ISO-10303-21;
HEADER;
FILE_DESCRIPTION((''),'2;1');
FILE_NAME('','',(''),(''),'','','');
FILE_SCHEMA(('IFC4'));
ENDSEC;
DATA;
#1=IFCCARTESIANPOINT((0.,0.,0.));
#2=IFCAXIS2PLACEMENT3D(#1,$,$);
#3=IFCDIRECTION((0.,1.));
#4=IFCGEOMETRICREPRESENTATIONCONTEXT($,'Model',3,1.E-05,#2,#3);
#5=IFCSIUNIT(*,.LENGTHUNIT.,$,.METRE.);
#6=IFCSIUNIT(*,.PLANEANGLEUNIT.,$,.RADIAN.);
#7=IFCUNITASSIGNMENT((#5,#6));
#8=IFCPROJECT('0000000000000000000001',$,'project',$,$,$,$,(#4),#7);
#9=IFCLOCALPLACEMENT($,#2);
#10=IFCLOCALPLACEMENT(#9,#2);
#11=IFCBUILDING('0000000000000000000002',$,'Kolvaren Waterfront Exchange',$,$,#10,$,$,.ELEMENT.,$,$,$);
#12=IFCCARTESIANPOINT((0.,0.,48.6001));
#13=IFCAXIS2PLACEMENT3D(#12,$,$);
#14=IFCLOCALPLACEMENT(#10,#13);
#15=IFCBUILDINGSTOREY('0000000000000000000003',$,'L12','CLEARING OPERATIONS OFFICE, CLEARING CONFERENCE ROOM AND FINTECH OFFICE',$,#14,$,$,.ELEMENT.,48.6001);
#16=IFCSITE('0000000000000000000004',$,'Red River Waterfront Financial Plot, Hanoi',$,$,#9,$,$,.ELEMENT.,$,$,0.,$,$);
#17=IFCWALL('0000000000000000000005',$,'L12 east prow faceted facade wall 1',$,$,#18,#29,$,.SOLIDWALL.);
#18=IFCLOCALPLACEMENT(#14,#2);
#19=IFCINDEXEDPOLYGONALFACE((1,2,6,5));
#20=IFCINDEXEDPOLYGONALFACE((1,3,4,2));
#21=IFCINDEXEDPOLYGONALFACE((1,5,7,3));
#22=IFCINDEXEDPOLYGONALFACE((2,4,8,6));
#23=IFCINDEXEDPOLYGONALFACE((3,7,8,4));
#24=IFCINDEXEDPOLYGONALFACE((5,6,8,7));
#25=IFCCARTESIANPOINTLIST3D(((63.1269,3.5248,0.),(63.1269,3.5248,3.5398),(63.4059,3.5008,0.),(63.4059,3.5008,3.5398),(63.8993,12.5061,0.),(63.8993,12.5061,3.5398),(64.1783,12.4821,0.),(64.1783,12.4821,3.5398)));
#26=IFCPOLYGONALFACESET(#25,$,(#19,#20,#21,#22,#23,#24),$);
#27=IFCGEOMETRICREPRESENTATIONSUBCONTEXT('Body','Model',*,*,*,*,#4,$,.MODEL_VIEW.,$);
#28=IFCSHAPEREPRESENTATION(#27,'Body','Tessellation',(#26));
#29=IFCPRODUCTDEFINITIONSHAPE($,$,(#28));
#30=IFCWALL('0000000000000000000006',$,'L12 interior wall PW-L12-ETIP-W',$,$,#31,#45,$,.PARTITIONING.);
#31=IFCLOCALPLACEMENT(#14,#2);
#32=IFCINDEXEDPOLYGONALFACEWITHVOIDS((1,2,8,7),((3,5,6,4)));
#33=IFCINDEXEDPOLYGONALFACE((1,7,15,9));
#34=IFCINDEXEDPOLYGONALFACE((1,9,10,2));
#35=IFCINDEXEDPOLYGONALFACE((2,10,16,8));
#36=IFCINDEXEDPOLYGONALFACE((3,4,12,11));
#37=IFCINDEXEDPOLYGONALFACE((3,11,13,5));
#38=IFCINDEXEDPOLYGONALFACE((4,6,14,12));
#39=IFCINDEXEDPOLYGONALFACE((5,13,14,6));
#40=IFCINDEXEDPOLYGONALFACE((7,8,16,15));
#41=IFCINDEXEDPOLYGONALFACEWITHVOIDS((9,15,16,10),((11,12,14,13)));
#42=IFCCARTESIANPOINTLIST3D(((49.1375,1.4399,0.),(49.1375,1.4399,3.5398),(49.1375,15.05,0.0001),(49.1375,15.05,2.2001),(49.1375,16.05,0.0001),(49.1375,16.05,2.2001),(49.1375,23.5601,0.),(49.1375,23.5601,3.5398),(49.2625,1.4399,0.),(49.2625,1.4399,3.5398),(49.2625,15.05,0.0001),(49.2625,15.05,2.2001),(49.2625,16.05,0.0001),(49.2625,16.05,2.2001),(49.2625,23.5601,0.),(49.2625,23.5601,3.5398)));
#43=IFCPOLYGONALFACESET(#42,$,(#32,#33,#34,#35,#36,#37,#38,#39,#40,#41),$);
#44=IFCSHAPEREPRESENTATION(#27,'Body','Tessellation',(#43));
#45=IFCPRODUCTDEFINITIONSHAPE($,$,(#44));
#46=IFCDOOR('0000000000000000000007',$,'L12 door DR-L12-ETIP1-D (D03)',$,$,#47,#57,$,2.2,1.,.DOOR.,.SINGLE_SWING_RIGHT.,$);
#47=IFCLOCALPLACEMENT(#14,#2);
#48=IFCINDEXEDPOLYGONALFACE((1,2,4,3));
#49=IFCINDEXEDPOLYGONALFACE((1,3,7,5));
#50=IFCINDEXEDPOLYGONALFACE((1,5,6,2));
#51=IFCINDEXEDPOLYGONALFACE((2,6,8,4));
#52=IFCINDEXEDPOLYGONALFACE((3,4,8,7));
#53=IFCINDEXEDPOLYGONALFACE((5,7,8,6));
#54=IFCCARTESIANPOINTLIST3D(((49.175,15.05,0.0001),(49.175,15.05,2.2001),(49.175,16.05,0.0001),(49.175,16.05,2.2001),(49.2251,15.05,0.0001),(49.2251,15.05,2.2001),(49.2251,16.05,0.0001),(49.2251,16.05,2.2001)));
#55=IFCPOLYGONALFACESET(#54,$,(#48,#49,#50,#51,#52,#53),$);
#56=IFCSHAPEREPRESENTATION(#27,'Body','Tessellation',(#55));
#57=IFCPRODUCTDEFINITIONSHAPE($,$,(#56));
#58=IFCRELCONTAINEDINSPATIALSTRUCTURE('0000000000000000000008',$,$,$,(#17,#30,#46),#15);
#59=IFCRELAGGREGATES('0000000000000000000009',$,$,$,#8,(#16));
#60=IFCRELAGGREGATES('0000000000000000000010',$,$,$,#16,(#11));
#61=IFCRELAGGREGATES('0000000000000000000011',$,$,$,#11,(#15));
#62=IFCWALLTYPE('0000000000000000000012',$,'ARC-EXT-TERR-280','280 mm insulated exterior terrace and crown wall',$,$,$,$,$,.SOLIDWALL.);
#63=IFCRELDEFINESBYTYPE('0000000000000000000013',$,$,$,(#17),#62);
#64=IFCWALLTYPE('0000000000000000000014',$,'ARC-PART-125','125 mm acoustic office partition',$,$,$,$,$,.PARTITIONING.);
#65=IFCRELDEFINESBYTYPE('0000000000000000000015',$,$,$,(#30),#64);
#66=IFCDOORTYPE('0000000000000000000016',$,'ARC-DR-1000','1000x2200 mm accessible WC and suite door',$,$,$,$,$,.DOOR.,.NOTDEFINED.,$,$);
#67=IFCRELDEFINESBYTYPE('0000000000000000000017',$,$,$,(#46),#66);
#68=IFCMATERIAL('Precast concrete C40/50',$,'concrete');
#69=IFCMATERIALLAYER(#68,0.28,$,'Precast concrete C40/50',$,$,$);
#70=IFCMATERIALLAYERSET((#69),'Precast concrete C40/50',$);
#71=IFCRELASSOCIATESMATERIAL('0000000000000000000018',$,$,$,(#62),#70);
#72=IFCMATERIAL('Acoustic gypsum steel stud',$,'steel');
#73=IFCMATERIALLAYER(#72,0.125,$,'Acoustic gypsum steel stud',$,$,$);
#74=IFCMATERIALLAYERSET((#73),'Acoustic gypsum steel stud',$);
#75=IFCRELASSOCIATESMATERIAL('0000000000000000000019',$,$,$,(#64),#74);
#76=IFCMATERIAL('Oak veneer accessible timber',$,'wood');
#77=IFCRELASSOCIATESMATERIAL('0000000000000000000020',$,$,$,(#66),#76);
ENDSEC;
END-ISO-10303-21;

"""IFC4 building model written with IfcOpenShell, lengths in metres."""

from ifc_helpers import new_model, si_unit, direction, frame, frame_2d, origin, place, context, subcontext, project, spatial, rectangle, extrude, material, layer, layer_set, type_object, element, fill, save


model = new_model("IFC4")

# Units and contexts
model_context = context("Model", 3, precision=1e-05, world=origin(), true_north=direction((0.0, 1.0)))
body_context = subcontext(model_context, "Body", "Model", "MODEL_VIEW")
ifc_project = project(units=[si_unit("LENGTHUNIT", "METRE"), si_unit("PLANEANGLEUNIT", "RADIAN")], contexts=[model_context])

# Site, building, storey
site_placement = place(None, origin())
site = spatial("IfcSite", under=ifc_project, at=site_placement, Name="Red River Waterfront Financial Plot, Hanoi", CompositionType="ELEMENT", RefElevation=0.0)
building_placement = place(site_placement, origin())
building = spatial("IfcBuilding", under=site, at=building_placement, Name="Kolvaren Waterfront Exchange", CompositionType="ELEMENT")
storey_placement = place(building_placement, frame((0.0, 0.0, 48.6001)))
storey = spatial("IfcBuildingStorey", under=building, at=storey_placement, Name="L12", Description="CLEARING OPERATIONS OFFICE, CLEARING CONFERENCE ROOM AND FINTECH OFFICE", CompositionType="ELEMENT", Elevation=48.6001)

# Wall
ifc_material_1 = material(Name="Precast concrete C40/50", Category="concrete")
ifc_layer_1 = layer(ifc_material_1, 0.28, Name="Precast concrete C40/50")
ifc_layer_set_1 = layer_set([ifc_layer_1], Name="Precast concrete C40/50")
wall_type_1 = type_object("IfcWallType", Name="ARC-EXT-TERR-280", Description="280 mm insulated exterior terrace and crown wall", PredefinedType="SOLIDWALL", material=ifc_layer_set_1)
wall_1_placement = place(storey_placement, frame((63.2664, 3.5127, 0.0), z_axis=(0.0, 0.0, 1.0), x_axis=(0.085692, 0.996322, 0.0)))
element("IfcWall", 1, at=wall_1_placement, inside=storey, type_object=wall_type_1, Name="L12 east prow faceted facade wall 1", PredefinedType="SOLIDWALL", context=body_context, shape_type="SweptSolid", body=[
    extrude(rectangle(XDim=9.0144, YDim=0.28, at=frame_2d((4.5073, 0.0))), origin(), (0.0, 0.0, 1.0), 3.5398),
])

# Wall, opening, door
ifc_material_2 = material(Name="Acoustic gypsum steel stud", Category="steel")
ifc_layer_2 = layer(ifc_material_2, 0.125, Name="Acoustic gypsum steel stud")
ifc_layer_set_2 = layer_set([ifc_layer_2], Name="Acoustic gypsum steel stud")
wall_type_2 = type_object("IfcWallType", Name="ARC-PART-125", Description="125 mm acoustic office partition", PredefinedType="PARTITIONING", material=ifc_layer_set_2)
wall_2_placement = place(storey_placement, frame((49.2, 1.4399, 0.0), z_axis=(0.0, 0.0, 1.0), x_axis=(0.0, 1.0, 0.0)))
wall_2 = element("IfcWall", 2, at=wall_2_placement, inside=storey, type_object=wall_type_2, Name="L12 interior wall PW-L12-ETIP-W", PredefinedType="PARTITIONING", context=body_context, shape_type="SweptSolid", body=[
    extrude(rectangle(XDim=22.1201, YDim=0.125, at=frame_2d((11.0601, 0.0))), origin(), (0.0, 0.0, 1.0), 3.5398),
])
opening_placement = place(wall_2_placement, frame((13.6101, 0.0, 0.0)))
opening = element("IfcOpeningElement", 3, at=opening_placement, cuts=wall_2, PredefinedType="OPENING", context=body_context, shape_type="SweptSolid", body=[
    extrude(rectangle(XDim=1.0, YDim=2.2, at=frame_2d((0.5, 1.1001))), frame((0.0, 0.0725, 0.0), z_axis=(0.0, -1.0, 0.0), x_axis=(1.0, 0.0, 0.0)), (0.0, 0.0, 1.0), 0.145),
])
ifc_material_3 = material(Name="Oak veneer accessible timber", Category="wood")
door_type = type_object("IfcDoorType", Name="ARC-DR-1000", Description="1000x2200 mm accessible WC and suite door", OperationType="NOTDEFINED", PredefinedType="DOOR", material=ifc_material_3)
door_placement = place(opening_placement, origin())
door = element("IfcDoor", 4, at=door_placement, inside=storey, type_object=door_type, Name="L12 door DR-L12-ETIP1-D (D03)", OperationType="SINGLE_SWING_RIGHT", OverallHeight=2.2, OverallWidth=1.0, PredefinedType="DOOR", context=body_context, shape_type="SweptSolid", body=[
    extrude(rectangle(XDim=1.0, YDim=2.2, at=frame_2d((0.5, 1.1001))), frame((0.0, 0.0249, 0.0), z_axis=(0.0, -1.0, 0.0), x_axis=(1.0, 0.0, 0.0)), (0.0, 0.0, 1.0), 0.05),
])
fill(opening, door)

save(model, "model.ifc")
